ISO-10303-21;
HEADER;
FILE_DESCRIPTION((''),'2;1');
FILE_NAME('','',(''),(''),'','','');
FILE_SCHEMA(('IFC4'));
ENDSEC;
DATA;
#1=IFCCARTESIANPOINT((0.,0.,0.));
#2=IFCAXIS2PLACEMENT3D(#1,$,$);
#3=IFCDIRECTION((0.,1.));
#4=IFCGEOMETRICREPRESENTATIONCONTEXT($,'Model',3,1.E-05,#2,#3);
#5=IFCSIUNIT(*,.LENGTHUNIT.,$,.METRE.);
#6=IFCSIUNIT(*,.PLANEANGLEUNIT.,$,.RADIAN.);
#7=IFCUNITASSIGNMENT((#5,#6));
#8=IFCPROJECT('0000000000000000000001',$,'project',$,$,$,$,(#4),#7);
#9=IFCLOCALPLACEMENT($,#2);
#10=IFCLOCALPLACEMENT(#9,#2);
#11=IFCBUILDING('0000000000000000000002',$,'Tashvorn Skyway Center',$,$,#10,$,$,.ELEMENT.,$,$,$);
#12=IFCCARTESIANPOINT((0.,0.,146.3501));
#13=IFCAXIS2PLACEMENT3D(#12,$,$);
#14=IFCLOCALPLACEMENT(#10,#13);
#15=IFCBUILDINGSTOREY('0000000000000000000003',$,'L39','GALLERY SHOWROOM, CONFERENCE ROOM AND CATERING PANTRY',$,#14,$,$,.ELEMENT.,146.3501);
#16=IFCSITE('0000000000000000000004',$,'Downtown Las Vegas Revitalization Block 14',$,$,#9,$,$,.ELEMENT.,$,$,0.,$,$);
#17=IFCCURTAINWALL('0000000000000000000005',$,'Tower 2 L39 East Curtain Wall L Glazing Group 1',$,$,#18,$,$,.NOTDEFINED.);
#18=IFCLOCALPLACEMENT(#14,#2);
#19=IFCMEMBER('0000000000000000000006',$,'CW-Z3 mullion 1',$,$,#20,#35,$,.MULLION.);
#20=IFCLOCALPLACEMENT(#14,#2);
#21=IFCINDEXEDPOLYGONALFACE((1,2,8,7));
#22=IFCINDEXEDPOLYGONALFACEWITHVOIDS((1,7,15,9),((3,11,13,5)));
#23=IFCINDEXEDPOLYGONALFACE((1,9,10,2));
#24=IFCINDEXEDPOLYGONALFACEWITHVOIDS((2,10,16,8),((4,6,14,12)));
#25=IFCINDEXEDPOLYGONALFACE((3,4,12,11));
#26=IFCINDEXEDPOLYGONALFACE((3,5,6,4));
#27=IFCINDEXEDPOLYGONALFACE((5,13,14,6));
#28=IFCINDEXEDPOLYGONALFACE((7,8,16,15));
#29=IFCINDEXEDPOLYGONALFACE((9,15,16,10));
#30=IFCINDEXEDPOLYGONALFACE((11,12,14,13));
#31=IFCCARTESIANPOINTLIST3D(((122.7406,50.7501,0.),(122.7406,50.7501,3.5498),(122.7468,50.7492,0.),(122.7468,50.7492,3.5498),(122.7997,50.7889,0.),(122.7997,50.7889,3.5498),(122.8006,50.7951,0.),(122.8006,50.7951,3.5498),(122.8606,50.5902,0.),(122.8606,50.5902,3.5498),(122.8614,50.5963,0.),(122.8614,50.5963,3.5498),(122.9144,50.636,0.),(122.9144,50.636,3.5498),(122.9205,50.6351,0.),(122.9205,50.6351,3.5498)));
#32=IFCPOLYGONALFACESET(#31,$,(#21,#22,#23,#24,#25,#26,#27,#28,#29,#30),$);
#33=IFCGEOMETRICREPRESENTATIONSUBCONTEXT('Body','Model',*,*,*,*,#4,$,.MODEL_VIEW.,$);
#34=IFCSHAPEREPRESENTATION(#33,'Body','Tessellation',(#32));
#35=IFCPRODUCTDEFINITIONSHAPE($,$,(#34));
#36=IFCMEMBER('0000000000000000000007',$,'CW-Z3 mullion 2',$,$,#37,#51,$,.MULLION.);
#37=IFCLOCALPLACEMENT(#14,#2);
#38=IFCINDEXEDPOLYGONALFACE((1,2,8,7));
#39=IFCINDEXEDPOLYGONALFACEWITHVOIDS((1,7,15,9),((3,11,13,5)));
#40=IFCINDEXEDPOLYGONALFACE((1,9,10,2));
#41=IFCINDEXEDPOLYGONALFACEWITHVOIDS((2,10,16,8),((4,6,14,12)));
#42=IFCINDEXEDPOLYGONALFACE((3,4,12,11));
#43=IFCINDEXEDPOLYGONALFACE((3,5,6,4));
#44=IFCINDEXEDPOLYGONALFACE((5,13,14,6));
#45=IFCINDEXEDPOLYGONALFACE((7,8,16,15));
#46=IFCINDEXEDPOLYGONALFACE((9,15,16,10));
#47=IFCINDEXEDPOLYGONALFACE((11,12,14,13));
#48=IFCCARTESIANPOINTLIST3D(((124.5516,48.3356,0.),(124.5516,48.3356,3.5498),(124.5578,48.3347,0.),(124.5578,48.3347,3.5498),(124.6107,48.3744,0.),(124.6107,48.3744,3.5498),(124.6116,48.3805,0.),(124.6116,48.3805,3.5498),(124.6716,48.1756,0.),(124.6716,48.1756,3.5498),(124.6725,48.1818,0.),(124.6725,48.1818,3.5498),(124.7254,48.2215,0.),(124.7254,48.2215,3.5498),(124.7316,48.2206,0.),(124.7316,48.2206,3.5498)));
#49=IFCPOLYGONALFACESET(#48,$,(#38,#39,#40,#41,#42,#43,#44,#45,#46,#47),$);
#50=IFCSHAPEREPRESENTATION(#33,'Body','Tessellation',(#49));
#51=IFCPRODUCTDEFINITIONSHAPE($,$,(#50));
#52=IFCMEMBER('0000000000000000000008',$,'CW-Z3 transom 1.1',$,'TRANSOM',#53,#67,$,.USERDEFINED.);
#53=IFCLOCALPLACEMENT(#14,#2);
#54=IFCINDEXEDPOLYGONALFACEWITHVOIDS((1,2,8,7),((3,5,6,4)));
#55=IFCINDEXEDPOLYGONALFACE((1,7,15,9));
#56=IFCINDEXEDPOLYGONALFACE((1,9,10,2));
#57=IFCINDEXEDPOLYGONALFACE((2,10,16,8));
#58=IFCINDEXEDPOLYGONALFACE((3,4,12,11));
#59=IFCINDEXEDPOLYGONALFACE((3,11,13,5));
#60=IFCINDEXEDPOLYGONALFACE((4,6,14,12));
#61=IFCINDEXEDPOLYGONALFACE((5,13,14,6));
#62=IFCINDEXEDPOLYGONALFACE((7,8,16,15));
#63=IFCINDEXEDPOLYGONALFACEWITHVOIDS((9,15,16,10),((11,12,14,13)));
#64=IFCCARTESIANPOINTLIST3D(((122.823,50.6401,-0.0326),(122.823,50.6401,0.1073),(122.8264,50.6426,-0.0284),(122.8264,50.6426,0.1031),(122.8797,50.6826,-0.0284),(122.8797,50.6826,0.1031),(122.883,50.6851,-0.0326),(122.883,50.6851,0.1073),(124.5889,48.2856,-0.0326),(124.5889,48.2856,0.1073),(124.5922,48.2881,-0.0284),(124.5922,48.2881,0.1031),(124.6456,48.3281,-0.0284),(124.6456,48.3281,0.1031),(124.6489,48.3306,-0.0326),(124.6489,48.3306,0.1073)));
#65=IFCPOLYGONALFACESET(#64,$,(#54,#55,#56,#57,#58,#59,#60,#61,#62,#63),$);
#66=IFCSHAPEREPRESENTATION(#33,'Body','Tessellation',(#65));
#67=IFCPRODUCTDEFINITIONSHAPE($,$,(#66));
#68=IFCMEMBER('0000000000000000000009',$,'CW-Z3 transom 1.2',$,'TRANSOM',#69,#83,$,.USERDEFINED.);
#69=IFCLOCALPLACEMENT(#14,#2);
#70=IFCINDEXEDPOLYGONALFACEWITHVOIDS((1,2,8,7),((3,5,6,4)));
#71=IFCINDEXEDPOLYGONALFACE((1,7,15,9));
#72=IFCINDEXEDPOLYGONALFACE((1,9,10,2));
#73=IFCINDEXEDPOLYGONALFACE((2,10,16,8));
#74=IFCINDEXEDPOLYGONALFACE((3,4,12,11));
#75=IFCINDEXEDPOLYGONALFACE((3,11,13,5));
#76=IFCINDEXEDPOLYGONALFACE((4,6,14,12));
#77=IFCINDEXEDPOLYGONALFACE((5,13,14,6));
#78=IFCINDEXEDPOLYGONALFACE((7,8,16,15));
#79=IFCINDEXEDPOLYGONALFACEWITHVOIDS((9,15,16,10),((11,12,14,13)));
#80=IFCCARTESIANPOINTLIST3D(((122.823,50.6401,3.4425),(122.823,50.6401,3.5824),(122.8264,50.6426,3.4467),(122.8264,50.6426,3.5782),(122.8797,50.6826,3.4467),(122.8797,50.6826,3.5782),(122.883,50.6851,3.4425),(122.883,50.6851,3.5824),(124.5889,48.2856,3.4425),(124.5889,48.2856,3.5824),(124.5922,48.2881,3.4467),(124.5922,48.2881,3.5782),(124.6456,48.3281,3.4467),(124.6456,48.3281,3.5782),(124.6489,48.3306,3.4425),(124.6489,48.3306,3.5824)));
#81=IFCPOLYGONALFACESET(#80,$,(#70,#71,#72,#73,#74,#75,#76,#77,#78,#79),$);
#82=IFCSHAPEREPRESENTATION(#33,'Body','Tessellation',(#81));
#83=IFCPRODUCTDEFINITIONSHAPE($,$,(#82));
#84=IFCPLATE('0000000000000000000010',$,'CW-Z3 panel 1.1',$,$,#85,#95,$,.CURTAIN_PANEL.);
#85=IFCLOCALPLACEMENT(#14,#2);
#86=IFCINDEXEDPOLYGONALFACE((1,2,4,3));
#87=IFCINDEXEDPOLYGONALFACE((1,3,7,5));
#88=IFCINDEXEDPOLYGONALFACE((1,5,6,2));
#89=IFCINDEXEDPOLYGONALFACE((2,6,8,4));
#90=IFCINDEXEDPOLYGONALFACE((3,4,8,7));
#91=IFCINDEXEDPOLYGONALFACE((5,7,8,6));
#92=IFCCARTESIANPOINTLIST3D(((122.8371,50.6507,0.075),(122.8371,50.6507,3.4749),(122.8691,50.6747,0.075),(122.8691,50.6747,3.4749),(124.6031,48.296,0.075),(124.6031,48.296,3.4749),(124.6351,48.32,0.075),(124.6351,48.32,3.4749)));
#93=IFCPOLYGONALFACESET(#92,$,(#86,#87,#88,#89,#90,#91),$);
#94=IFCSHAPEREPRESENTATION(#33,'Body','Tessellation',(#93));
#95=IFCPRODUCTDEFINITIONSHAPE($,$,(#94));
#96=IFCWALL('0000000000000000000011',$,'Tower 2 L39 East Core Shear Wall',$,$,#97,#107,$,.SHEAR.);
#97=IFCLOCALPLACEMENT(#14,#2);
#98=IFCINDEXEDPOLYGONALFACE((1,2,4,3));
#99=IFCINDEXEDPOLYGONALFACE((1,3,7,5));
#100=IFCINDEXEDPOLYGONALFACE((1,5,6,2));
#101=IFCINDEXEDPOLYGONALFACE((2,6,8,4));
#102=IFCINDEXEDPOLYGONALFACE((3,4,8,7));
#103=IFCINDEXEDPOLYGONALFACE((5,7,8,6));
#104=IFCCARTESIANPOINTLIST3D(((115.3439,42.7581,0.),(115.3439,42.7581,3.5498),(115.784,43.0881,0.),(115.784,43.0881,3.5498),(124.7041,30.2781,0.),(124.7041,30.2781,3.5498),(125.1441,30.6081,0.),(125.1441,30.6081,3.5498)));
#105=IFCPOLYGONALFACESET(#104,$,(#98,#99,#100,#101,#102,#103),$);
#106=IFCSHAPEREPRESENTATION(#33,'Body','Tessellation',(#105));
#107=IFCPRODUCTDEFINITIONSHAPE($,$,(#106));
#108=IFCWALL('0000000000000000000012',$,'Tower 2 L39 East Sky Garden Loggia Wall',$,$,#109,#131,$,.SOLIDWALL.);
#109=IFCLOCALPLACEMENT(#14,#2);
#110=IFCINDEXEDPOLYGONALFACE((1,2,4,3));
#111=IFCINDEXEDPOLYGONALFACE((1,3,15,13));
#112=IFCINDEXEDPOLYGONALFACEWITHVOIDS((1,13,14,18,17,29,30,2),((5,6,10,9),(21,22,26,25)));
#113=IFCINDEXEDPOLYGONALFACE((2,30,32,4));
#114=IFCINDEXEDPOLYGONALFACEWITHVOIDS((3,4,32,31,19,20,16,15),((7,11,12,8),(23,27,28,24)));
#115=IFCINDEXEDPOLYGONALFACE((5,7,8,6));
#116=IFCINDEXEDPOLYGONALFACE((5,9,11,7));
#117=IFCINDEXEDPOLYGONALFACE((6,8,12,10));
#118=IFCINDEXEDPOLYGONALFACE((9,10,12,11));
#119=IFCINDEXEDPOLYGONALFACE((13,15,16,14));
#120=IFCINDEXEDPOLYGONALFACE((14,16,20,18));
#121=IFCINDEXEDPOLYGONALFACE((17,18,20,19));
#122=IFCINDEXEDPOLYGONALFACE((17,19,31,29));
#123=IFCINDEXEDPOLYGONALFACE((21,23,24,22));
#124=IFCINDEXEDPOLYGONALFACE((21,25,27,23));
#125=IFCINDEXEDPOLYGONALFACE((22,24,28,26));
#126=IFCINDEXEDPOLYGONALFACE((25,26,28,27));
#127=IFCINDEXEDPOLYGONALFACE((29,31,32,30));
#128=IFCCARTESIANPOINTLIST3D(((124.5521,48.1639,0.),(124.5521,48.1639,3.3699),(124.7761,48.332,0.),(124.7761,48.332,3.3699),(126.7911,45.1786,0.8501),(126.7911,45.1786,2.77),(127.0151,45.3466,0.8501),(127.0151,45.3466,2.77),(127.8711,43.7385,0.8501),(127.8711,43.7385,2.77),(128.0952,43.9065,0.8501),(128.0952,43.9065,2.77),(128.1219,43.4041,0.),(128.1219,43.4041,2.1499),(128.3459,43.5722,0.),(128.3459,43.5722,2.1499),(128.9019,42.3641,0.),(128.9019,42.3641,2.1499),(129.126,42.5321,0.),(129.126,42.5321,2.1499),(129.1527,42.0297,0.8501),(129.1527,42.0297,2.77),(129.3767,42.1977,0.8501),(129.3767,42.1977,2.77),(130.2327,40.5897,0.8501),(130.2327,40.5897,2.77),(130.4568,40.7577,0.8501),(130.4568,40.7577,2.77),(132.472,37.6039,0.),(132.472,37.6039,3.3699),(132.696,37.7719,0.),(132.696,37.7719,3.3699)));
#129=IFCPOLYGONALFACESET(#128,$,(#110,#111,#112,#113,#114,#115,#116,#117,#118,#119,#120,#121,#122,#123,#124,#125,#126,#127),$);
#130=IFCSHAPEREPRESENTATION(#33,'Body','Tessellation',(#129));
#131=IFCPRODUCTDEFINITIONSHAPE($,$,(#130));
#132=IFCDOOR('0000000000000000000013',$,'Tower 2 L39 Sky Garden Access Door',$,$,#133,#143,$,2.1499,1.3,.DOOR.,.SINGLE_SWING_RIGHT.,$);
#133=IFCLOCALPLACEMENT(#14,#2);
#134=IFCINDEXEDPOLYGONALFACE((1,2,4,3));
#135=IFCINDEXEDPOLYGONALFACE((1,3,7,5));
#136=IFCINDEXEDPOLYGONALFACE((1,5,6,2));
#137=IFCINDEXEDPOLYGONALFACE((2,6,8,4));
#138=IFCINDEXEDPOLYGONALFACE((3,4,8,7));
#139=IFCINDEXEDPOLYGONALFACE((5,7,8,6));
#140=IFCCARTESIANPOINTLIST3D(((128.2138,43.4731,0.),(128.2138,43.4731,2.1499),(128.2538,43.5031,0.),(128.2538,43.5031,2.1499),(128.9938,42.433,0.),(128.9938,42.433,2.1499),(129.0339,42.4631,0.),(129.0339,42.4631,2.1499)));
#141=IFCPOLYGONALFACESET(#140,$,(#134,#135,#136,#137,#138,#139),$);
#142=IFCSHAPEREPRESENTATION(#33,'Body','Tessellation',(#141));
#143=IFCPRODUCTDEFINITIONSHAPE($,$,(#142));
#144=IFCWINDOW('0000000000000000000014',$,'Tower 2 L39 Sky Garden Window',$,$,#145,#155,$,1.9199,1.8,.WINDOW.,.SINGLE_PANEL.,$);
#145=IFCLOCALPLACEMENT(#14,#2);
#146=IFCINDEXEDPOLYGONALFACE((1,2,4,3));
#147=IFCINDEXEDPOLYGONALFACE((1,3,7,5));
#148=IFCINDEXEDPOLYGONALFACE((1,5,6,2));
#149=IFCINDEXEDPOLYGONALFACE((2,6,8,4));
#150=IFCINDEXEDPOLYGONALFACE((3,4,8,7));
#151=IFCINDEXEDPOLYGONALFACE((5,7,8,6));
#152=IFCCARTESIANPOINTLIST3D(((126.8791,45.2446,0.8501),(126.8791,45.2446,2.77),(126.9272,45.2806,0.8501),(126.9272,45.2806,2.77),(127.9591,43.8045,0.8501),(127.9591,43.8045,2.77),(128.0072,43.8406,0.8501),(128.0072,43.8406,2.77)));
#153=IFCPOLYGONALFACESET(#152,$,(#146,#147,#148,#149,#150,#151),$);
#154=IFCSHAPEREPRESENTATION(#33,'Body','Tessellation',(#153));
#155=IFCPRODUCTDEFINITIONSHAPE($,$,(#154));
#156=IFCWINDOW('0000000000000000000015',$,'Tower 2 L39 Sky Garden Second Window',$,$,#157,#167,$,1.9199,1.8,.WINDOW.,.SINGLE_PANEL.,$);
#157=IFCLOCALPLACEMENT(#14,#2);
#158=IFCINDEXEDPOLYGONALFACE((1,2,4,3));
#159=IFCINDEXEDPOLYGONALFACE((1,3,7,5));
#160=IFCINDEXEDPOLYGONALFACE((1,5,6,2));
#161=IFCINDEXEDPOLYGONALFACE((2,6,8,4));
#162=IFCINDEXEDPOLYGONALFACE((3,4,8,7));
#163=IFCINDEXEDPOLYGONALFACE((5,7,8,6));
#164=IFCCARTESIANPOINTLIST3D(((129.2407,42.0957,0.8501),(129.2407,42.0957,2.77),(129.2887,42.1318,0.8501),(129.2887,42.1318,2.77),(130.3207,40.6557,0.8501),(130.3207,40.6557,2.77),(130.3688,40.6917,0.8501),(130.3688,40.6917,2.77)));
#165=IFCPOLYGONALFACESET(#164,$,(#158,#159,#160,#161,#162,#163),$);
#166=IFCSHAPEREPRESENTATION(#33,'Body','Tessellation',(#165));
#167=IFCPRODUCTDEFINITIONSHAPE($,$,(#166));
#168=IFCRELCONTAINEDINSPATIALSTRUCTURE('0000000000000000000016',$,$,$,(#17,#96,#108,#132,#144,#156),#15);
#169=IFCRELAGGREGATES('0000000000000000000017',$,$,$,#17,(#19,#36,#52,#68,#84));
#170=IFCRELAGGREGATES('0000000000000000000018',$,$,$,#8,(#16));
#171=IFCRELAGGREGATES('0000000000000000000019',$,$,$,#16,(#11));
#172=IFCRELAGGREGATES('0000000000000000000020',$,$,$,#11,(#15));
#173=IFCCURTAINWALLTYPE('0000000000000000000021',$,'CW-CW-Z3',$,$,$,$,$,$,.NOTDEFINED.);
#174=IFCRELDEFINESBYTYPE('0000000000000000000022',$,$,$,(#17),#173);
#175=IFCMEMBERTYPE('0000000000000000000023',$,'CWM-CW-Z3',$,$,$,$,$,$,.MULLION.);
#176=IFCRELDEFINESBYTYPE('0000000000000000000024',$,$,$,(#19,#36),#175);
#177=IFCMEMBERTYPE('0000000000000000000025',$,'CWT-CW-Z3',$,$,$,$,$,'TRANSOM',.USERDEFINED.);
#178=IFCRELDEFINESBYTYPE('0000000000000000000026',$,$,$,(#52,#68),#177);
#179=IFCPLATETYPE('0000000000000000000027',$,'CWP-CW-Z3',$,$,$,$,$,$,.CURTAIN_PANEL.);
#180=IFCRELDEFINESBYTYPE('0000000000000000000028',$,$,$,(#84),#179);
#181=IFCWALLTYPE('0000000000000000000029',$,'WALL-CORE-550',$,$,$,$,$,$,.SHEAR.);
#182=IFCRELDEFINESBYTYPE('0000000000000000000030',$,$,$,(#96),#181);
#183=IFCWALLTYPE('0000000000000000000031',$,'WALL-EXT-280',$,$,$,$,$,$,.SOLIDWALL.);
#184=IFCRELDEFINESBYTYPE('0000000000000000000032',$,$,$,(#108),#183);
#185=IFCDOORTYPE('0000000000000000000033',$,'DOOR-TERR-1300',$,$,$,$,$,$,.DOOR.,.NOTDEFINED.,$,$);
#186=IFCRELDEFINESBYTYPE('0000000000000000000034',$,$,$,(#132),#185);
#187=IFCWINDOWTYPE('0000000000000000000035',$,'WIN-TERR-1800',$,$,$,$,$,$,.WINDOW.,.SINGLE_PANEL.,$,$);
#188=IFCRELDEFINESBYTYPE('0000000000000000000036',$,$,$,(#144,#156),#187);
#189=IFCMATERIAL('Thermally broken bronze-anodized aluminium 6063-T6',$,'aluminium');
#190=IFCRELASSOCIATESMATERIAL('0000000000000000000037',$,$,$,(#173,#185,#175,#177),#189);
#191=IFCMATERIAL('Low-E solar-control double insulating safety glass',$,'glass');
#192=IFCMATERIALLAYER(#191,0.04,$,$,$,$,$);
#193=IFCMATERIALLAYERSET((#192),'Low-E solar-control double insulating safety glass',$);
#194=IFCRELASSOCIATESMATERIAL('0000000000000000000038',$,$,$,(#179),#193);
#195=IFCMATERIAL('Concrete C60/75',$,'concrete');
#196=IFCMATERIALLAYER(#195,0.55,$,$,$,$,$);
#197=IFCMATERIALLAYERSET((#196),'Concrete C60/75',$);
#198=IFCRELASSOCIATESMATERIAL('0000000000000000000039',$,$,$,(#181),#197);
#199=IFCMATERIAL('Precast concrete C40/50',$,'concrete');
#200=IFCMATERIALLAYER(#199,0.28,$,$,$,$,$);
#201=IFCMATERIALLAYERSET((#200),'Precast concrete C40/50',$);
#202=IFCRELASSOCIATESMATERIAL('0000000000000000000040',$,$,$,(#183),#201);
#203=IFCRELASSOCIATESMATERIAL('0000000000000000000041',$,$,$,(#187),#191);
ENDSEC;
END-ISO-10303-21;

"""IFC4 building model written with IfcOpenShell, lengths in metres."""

from ifc_helpers import new_model, si_unit, direction, frame, frame_2d, origin, origin_2d, place, context, subcontext, project, spatial, rectangle, hollow_rectangle, extrude, material, layer, layer_set, material_profile, profile_set, type_object, element, fill, aggregate, save


model = new_model("IFC4")

# Units and contexts
model_context = context("Model", 3, precision=1e-05, world=origin(), true_north=direction((0.0, 1.0)))
body_context = subcontext(model_context, "Body", "Model", "MODEL_VIEW")
ifc_project = project(units=[si_unit("LENGTHUNIT", "METRE"), si_unit("PLANEANGLEUNIT", "RADIAN")], contexts=[model_context])

# Site, building, storey
site_placement = place(None, origin())
site = spatial("IfcSite", under=ifc_project, at=site_placement, Name="Downtown Las Vegas Revitalization Block 14", CompositionType="ELEMENT", RefElevation=0.0)
building_placement = place(site_placement, origin())
building = spatial("IfcBuilding", under=site, at=building_placement, Name="Tashvorn Skyway Center", CompositionType="ELEMENT")
storey_placement = place(building_placement, frame((0.0, 0.0, 146.3501)))
storey = spatial("IfcBuildingStorey", under=building, at=storey_placement, Name="L39", Description="GALLERY SHOWROOM, CONFERENCE ROOM AND CATERING PANTRY", CompositionType="ELEMENT", Elevation=146.3501)

# Curtain wall, members, plate
ifc_material_1 = material(Name="Thermally broken bronze-anodized aluminium 6063-T6", Category="aluminium")
curtain_wall_type = type_object("IfcCurtainWallType", Name="CW-CW-Z3", PredefinedType="NOTDEFINED", material=ifc_material_1)
curtain_wall_placement = place(storey_placement, origin())
curtain_wall = element("IfcCurtainWall", 1, at=curtain_wall_placement, inside=storey, type_object=curtain_wall_type, Name="Tower 2 L39 East Curtain Wall L Glazing Group 1", PredefinedType="NOTDEFINED")
ifc_material_profile_1 = material_profile(ifc_material_1, hollow_rectangle(XDim=0.075, YDim=0.2, WallThickness=0.0044, at=origin_2d()), Name="ALU-MULL-75x200")
ifc_profile_set_1 = profile_set([ifc_material_profile_1], Name="Thermally broken bronze-anodized aluminium 6063-T6")
member_type_1 = type_object("IfcMemberType", Name="CWM-CW-Z3", PredefinedType="MULLION", material=ifc_profile_set_1)
member_1_placement = place(storey_placement, frame((122.8306, 50.6926, 0.0), z_axis=(0.0, 0.0, 1.0), x_axis=(0.800004, 0.599995, 0.0)))
member_1 = element("IfcMember", 2, at=member_1_placement, type_object=member_type_1, Name="CW-Z3 mullion 1", PredefinedType="MULLION", context=body_context, shape_type="SweptSolid", body=[
    extrude(hollow_rectangle(XDim=0.075, YDim=0.2, WallThickness=0.0044, at=origin_2d()), origin(), (0.0, 0.0, 1.0), 3.5498),
])
member_2_placement = place(storey_placement, frame((124.6416, 48.2781, 0.0), z_axis=(0.0, 0.0, 1.0), x_axis=(0.800004, 0.599995, 0.0)))
member_2 = element("IfcMember", 3, at=member_2_placement, type_object=member_type_1, Name="CW-Z3 mullion 2", PredefinedType="MULLION", context=body_context, shape_type="SweptSolid", body=[
    extrude(hollow_rectangle(XDim=0.075, YDim=0.2, WallThickness=0.0044, at=origin_2d()), origin(), (0.0, 0.0, 1.0), 3.5498),
])
ifc_material_profile_2 = material_profile(ifc_material_1, hollow_rectangle(XDim=0.075, YDim=0.1399, WallThickness=0.0042, at=origin_2d()), Name="ALU-TRAN-75x140")
ifc_profile_set_2 = profile_set([ifc_material_profile_2], Name="Thermally broken bronze-anodized aluminium 6063-T6")
member_type_2 = type_object("IfcMemberType", Name="CWT-CW-Z3", ElementType="TRANSOM", PredefinedType="USERDEFINED", material=ifc_profile_set_2)
member_3_placement = place(storey_placement, frame((122.853, 50.6626, 0.0374), z_axis=(0.6, -0.8, 0.0), x_axis=(0.8, 0.6, 0.0)))
member_3 = element("IfcMember", 4, at=member_3_placement, type_object=member_type_2, Name="CW-Z3 transom 1.1", ObjectType="TRANSOM", PredefinedType="USERDEFINED", context=body_context, shape_type="SweptSolid", body=[
    extrude(hollow_rectangle(XDim=0.075, YDim=0.1399, WallThickness=0.0042, at=origin_2d()), origin(), (0.0, 0.0, 1.0), 2.9431),
])
member_4_placement = place(storey_placement, frame((122.853, 50.6626, 3.5125), z_axis=(0.6, -0.8, 0.0), x_axis=(0.8, 0.6, 0.0)))
member_4 = element("IfcMember", 5, at=member_4_placement, type_object=member_type_2, Name="CW-Z3 transom 1.2", ObjectType="TRANSOM", PredefinedType="USERDEFINED", context=body_context, shape_type="SweptSolid", body=[
    extrude(hollow_rectangle(XDim=0.075, YDim=0.1399, WallThickness=0.0042, at=origin_2d()), origin(), (0.0, 0.0, 1.0), 2.9431),
])
ifc_material_2 = material(Name="Low-E solar-control double insulating safety glass", Category="glass")
ifc_layer_1 = layer(ifc_material_2, 0.04)
ifc_layer_set_1 = layer_set([ifc_layer_1], Name="Low-E solar-control double insulating safety glass")
plate_type = type_object("IfcPlateType", Name="CWP-CW-Z3", PredefinedType="CURTAIN_PANEL", material=ifc_layer_set_1)
plate_placement = place(storey_placement, frame((123.7361, 49.4854, 0.075), z_axis=(0.0, 0.0, 1.0), x_axis=(0.599995, -0.800004, 0.0)))
plate = element("IfcPlate", 6, at=plate_placement, type_object=plate_type, Name="CW-Z3 panel 1.1", PredefinedType="CURTAIN_PANEL", context=body_context, shape_type="SweptSolid", body=[
    extrude(rectangle(XDim=2.9434, YDim=0.04, at=origin_2d()), origin(), (0.0, 0.0, 1.0), 3.3999),
])
aggregate(curtain_wall, [member_1, member_2, member_3, member_4, plate])

# Wall
ifc_material_3 = material(Name="Concrete C60/75", Category="concrete")
ifc_layer_2 = layer(ifc_material_3, 0.55)
ifc_layer_set_2 = layer_set([ifc_layer_2], Name="Concrete C60/75")
wall_type_1 = type_object("IfcWallType", Name="WALL-CORE-550", PredefinedType="SHEAR", material=ifc_layer_set_2)
wall_1_placement = place(storey_placement, frame((115.564, 42.9231, 0.0), z_axis=(0.0, 0.0, 1.0), x_axis=(0.600005, -0.799996, 0.0)))
element("IfcWall", 7, at=wall_1_placement, inside=storey, type_object=wall_type_1, Name="Tower 2 L39 East Core Shear Wall", PredefinedType="SHEAR", context=body_context, shape_type="SweptSolid", body=[
    extrude(rectangle(XDim=15.6001, YDim=0.55, at=frame_2d((7.8, 0.0))), origin(), (0.0, 0.0, 1.0), 3.5498),
])

# Wall, openings, door, windows
ifc_material_4 = material(Name="Precast concrete C40/50", Category="concrete")
ifc_layer_3 = layer(ifc_material_4, 0.28)
ifc_layer_set_3 = layer_set([ifc_layer_3], Name="Precast concrete C40/50")
wall_type_2 = type_object("IfcWallType", Name="WALL-EXT-280", PredefinedType="SOLIDWALL", material=ifc_layer_set_3)
wall_2_placement = place(storey_placement, frame((124.6641, 48.248, 0.0), z_axis=(0.0, 0.0, 1.0), x_axis=(0.599994, -0.800004, 0.0)))
wall_2 = element("IfcWall", 8, at=wall_2_placement, inside=storey, type_object=wall_type_2, Name="Tower 2 L39 East Sky Garden Loggia Wall", PredefinedType="SOLIDWALL", context=body_context, shape_type="SweptSolid", body=[
    extrude(rectangle(XDim=13.2, YDim=0.28, at=frame_2d((6.6001, 0.0))), origin(), (0.0, 0.0, 1.0), 3.3699),
])
opening_1_placement = place(wall_2_placement, frame((5.95, 0.0, 0.0)))
opening_1 = element("IfcOpeningElement", 9, at=opening_1_placement, cuts=wall_2, PredefinedType="OPENING", context=body_context, shape_type="SweptSolid", body=[
    extrude(rectangle(XDim=1.3, YDim=2.1499, at=frame_2d((0.6499, 1.075))), frame((0.0, 0.1499, 0.0), z_axis=(0.0, -1.0, 0.0), x_axis=(1.0, 0.0, 0.0)), (0.0, 0.0, 1.0), 0.3),
])
opening_2_placement = place(wall_2_placement, frame((3.7319, 0.0, 0.8501)))
opening_2 = element("IfcOpeningElement", 10, at=opening_2_placement, cuts=wall_2, PredefinedType="OPENING", context=body_context, shape_type="SweptSolid", body=[
    extrude(rectangle(XDim=1.8, YDim=1.9199, at=frame_2d((0.8999, 0.96))), frame((0.0, 0.1499, 0.0), z_axis=(0.0, -1.0, 0.0), x_axis=(1.0, 0.0, 0.0)), (0.0, 0.0, 1.0), 0.3),
])
opening_3_placement = place(wall_2_placement, frame((7.668, 0.0, 0.8501)))
opening_3 = element("IfcOpeningElement", 11, at=opening_3_placement, cuts=wall_2, PredefinedType="OPENING", context=body_context, shape_type="SweptSolid", body=[
    extrude(rectangle(XDim=1.8, YDim=1.9199, at=frame_2d((0.8999, 0.96))), frame((0.0, 0.1499, 0.0), z_axis=(0.0, -1.0, 0.0), x_axis=(1.0, 0.0, 0.0)), (0.0, 0.0, 1.0), 0.3),
])
door_type_1 = type_object("IfcDoorType", Name="DOOR-TERR-1300", OperationType="NOTDEFINED", PredefinedType="DOOR", material=ifc_material_1)
door_1_placement = place(opening_1_placement, origin())
door_1 = element("IfcDoor", 12, at=door_1_placement, inside=storey, type_object=door_type_1, Name="Tower 2 L39 Sky Garden Access Door", OperationType="SINGLE_SWING_RIGHT", OverallHeight=2.1499, OverallWidth=1.3, PredefinedType="DOOR", context=body_context, shape_type="SweptSolid", body=[
    extrude(rectangle(XDim=1.3, YDim=2.1499, at=frame_2d((0.6499, 1.075))), frame((0.0, 0.0249, 0.0), z_axis=(0.0, -1.0, 0.0), x_axis=(1.0, 0.0, 0.0)), (0.0, 0.0, 1.0), 0.05),
])
fill(opening_1, door_1)
window_type = type_object("IfcWindowType", Name="WIN-TERR-1800", PartitioningType="SINGLE_PANEL", PredefinedType="WINDOW", material=ifc_material_2)
window_1_placement = place(opening_2_placement, origin())
window_1 = element("IfcWindow", 13, at=window_1_placement, inside=storey, type_object=window_type, Name="Tower 2 L39 Sky Garden Window", OverallHeight=1.9199, OverallWidth=1.8, PartitioningType="SINGLE_PANEL", PredefinedType="WINDOW", context=body_context, shape_type="SweptSolid", body=[
    extrude(rectangle(XDim=1.8, YDim=1.9199, at=frame_2d((0.8999, 0.96))), frame((0.0, 0.03, 0.0), z_axis=(0.0, -1.0, 0.0), x_axis=(1.0, 0.0, 0.0)), (0.0, 0.0, 1.0), 0.0601),
])
fill(opening_2, window_1)
window_2_placement = place(opening_3_placement, origin())
window_2 = element("IfcWindow", 14, at=window_2_placement, inside=storey, type_object=window_type, Name="Tower 2 L39 Sky Garden Second Window", OverallHeight=1.9199, OverallWidth=1.8, PartitioningType="SINGLE_PANEL", PredefinedType="WINDOW", context=body_context, shape_type="SweptSolid", body=[
    extrude(rectangle(XDim=1.8, YDim=1.9199, at=frame_2d((0.8999, 0.96))), frame((0.0, 0.03, 0.0), z_axis=(0.0, -1.0, 0.0), x_axis=(1.0, 0.0, 0.0)), (0.0, 0.0, 1.0), 0.0601),
])
fill(opening_3, window_2)

save(model, "model.ifc")
